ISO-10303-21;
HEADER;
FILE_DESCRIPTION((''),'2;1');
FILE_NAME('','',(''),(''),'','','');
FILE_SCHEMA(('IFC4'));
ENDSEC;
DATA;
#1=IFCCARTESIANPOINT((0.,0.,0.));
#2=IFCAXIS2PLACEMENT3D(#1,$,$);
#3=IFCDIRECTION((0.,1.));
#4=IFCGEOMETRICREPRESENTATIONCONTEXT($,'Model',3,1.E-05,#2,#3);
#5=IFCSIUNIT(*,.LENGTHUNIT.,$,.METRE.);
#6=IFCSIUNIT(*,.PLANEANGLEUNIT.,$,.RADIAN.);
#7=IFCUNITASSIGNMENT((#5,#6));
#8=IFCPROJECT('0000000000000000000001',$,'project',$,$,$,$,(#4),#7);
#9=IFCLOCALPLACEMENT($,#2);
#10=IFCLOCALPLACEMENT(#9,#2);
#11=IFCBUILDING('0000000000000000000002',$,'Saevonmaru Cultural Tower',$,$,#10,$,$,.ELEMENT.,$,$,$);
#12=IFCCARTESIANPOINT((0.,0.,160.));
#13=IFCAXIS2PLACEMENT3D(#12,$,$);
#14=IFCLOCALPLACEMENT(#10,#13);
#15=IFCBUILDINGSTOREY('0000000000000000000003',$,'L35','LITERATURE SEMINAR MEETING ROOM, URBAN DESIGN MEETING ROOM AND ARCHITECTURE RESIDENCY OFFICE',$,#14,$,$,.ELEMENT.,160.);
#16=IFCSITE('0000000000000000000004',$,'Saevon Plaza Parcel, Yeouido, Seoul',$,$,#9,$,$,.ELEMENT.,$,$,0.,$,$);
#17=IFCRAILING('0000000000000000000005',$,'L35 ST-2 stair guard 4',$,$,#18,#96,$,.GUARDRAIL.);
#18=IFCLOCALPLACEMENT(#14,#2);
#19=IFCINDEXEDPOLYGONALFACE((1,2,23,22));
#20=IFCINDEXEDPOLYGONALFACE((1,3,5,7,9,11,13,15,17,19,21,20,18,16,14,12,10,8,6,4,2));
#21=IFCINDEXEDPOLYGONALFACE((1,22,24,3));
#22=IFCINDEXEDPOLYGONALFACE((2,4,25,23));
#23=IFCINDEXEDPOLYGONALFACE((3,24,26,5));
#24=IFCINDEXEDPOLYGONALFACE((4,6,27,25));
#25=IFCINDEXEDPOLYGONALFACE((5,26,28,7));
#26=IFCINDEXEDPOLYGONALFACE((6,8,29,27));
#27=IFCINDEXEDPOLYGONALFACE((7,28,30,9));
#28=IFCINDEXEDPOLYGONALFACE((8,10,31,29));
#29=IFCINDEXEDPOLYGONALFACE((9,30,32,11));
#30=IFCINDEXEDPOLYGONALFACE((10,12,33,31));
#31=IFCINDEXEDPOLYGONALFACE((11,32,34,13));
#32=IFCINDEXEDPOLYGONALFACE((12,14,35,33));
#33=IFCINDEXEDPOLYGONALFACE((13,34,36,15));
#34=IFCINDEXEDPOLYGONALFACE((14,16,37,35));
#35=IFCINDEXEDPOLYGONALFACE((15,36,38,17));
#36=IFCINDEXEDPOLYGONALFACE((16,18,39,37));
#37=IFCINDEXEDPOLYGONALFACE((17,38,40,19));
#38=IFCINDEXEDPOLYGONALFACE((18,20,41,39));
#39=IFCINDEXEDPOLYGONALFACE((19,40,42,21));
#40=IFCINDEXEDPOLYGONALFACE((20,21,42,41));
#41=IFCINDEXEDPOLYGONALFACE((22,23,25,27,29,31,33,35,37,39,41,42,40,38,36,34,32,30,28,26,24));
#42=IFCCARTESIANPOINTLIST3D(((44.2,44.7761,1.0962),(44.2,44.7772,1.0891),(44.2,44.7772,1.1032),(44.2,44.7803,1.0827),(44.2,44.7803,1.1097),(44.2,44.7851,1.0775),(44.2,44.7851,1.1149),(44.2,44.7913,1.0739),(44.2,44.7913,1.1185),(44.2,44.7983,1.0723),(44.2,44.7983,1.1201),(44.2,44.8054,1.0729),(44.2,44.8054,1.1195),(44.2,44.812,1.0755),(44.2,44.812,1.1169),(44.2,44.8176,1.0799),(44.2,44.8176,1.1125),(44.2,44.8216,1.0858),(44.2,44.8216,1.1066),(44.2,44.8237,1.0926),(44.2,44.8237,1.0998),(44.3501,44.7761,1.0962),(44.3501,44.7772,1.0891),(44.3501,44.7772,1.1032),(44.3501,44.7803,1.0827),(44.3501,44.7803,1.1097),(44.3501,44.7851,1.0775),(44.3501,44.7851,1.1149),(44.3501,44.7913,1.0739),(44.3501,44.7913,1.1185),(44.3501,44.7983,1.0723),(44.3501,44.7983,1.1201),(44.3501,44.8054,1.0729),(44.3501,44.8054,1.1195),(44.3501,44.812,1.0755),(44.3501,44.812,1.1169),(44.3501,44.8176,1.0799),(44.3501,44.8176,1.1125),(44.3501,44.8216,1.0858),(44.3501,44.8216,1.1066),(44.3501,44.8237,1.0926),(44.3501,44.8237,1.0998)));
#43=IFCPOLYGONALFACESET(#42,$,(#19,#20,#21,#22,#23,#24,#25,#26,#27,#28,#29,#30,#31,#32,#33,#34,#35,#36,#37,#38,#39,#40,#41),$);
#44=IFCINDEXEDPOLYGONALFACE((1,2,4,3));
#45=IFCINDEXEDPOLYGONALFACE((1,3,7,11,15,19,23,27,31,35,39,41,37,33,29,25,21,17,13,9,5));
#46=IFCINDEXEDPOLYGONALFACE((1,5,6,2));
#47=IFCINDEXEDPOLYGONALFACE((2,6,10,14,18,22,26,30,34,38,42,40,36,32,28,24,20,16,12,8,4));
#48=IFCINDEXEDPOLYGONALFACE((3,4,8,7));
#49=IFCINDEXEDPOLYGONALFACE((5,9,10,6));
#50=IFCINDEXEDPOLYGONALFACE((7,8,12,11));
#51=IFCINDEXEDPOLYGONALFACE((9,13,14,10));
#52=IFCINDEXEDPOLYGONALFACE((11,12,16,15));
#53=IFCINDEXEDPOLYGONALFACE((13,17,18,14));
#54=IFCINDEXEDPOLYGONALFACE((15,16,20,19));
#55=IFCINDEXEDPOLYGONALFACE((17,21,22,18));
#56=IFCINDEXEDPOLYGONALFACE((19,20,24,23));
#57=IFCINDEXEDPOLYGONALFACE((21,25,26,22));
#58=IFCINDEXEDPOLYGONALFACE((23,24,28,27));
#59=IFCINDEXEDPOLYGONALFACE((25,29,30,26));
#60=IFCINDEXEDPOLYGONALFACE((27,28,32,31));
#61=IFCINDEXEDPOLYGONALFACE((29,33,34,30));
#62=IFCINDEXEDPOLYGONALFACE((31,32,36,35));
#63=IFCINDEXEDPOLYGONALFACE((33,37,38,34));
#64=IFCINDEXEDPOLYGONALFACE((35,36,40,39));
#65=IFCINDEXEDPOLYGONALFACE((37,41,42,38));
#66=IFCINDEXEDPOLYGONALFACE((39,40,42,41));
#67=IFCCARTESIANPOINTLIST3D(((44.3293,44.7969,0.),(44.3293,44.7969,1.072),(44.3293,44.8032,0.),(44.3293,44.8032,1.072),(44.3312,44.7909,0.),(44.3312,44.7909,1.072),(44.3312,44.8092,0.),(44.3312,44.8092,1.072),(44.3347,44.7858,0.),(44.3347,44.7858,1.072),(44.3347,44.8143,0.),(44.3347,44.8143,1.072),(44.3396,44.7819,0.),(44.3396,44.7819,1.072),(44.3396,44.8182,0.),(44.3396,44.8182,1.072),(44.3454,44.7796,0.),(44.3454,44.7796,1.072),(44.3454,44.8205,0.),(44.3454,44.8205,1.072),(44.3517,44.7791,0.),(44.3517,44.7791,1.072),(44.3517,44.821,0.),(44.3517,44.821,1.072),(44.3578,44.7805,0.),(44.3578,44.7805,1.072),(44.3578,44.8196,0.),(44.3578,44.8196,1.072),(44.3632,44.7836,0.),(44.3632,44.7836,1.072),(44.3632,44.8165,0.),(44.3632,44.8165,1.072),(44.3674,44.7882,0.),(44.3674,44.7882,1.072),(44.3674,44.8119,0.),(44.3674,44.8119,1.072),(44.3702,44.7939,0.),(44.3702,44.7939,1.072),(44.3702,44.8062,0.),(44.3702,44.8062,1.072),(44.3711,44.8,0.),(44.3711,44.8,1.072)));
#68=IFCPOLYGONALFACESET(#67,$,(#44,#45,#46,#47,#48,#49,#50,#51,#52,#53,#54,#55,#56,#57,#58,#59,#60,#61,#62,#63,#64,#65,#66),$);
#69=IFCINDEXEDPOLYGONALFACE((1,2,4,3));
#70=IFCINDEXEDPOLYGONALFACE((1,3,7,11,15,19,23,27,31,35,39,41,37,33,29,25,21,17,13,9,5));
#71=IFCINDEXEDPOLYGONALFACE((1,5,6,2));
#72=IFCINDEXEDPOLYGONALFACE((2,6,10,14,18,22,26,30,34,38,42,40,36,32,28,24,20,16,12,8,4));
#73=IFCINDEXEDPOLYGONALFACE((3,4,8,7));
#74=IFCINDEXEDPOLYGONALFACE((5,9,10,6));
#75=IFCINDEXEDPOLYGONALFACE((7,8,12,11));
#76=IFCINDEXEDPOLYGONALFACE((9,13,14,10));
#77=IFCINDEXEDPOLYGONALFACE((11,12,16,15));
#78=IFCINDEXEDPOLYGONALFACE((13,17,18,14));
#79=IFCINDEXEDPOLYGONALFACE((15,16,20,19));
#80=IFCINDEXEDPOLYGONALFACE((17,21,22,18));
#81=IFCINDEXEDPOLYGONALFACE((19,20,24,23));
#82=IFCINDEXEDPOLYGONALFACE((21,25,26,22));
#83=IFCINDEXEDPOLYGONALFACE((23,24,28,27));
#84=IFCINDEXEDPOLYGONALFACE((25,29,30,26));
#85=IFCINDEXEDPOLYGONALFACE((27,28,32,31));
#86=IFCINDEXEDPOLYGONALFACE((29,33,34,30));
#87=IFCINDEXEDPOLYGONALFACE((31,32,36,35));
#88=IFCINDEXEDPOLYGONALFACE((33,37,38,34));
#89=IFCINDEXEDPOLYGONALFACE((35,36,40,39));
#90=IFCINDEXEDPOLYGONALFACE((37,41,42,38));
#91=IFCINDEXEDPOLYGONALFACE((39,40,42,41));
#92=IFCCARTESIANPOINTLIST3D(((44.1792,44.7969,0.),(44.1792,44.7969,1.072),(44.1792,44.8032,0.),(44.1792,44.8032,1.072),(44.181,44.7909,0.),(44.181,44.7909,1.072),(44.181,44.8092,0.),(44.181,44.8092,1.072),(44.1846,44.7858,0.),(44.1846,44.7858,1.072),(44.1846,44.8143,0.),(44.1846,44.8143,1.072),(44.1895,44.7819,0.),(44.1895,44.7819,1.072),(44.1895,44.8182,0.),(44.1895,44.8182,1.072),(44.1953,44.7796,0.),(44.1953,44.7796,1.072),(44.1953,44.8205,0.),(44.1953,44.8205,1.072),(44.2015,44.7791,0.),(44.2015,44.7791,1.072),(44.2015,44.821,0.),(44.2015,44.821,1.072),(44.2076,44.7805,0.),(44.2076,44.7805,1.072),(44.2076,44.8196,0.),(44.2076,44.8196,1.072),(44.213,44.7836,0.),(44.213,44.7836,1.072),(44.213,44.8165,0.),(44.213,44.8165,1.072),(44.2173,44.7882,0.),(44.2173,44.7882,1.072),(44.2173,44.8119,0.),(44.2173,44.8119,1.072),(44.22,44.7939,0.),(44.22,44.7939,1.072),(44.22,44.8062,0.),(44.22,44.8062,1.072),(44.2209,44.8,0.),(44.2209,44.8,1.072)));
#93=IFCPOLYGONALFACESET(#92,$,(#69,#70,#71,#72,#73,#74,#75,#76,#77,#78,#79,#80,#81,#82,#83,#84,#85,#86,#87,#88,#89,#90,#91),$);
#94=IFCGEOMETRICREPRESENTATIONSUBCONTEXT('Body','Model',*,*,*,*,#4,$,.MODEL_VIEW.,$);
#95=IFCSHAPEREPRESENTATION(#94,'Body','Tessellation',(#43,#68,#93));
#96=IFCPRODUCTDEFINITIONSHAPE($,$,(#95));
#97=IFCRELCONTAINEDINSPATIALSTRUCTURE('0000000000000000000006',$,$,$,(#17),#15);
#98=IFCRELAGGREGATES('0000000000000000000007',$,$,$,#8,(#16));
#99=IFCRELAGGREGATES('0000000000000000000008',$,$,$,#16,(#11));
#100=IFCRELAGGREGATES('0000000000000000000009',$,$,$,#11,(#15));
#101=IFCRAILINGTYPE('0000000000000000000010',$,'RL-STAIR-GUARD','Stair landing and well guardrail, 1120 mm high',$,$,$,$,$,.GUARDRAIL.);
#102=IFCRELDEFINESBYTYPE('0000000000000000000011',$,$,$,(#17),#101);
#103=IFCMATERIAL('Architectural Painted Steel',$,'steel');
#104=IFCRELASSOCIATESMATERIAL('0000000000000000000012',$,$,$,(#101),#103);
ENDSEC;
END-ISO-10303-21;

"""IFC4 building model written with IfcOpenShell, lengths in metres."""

from ifc_helpers import new_model, si_unit, direction, frame, origin, origin_2d, place, context, subcontext, project, spatial, circle, extrude, material, type_object, element, save


model = new_model("IFC4")

# Units and contexts
model_context = context("Model", 3, precision=1e-05, world=origin(), true_north=direction((0.0, 1.0)))
body_context = subcontext(model_context, "Body", "Model", "MODEL_VIEW")
ifc_project = project(units=[si_unit("LENGTHUNIT", "METRE"), si_unit("PLANEANGLEUNIT", "RADIAN")], contexts=[model_context])

# Site, building, storey
site_placement = place(None, origin())
site = spatial("IfcSite", under=ifc_project, at=site_placement, Name="Saevon Plaza Parcel, Yeouido, Seoul", CompositionType="ELEMENT", RefElevation=0.0)
building_placement = place(site_placement, origin())
building = spatial("IfcBuilding", under=site, at=building_placement, Name="Saevonmaru Cultural Tower", CompositionType="ELEMENT")
storey_placement = place(building_placement, frame((0.0, 0.0, 160.0)))
storey = spatial("IfcBuildingStorey", under=building, at=storey_placement, Name="L35", Description="LITERATURE SEMINAR MEETING ROOM, URBAN DESIGN MEETING ROOM AND ARCHITECTURE RESIDENCY OFFICE", CompositionType="ELEMENT", Elevation=160.0)

# Railing
ifc_material_1 = material(Name="Architectural Painted Steel", Category="steel")
railing_type_1 = type_object("IfcRailingType", Name="RL-STAIR-GUARD", Description="Stair landing and well guardrail, 1120 mm high", PredefinedType="GUARDRAIL", material=ifc_material_1)
railing_1_placement = place(storey_placement, frame((44.3501, 44.8, 0.0)))
element("IfcRailing", 1, at=railing_1_placement, inside=storey, type_object=railing_type_1, Name="L35 ST-2 stair guard 4", PredefinedType="GUARDRAIL", context=body_context, shape_type="SweptSolid", body=[
    extrude(circle(Radius=0.0239, at=origin_2d()), frame((0.0, 0.0, 1.0962), z_axis=(-1.0, 0.0, 0.0), x_axis=(0.0, -1.0, 0.0)), (0.0, 0.0, 1.0), 0.1501),
    extrude(circle(Radius=0.021, at=origin_2d()), origin(), (0.0, 0.0, 1.0), 1.072),
    extrude(circle(Radius=0.021, at=origin_2d()), frame((-0.1501, 0.0, 0.0)), (0.0, 0.0, 1.0), 1.072),
])

save(model, "model.ifc")
